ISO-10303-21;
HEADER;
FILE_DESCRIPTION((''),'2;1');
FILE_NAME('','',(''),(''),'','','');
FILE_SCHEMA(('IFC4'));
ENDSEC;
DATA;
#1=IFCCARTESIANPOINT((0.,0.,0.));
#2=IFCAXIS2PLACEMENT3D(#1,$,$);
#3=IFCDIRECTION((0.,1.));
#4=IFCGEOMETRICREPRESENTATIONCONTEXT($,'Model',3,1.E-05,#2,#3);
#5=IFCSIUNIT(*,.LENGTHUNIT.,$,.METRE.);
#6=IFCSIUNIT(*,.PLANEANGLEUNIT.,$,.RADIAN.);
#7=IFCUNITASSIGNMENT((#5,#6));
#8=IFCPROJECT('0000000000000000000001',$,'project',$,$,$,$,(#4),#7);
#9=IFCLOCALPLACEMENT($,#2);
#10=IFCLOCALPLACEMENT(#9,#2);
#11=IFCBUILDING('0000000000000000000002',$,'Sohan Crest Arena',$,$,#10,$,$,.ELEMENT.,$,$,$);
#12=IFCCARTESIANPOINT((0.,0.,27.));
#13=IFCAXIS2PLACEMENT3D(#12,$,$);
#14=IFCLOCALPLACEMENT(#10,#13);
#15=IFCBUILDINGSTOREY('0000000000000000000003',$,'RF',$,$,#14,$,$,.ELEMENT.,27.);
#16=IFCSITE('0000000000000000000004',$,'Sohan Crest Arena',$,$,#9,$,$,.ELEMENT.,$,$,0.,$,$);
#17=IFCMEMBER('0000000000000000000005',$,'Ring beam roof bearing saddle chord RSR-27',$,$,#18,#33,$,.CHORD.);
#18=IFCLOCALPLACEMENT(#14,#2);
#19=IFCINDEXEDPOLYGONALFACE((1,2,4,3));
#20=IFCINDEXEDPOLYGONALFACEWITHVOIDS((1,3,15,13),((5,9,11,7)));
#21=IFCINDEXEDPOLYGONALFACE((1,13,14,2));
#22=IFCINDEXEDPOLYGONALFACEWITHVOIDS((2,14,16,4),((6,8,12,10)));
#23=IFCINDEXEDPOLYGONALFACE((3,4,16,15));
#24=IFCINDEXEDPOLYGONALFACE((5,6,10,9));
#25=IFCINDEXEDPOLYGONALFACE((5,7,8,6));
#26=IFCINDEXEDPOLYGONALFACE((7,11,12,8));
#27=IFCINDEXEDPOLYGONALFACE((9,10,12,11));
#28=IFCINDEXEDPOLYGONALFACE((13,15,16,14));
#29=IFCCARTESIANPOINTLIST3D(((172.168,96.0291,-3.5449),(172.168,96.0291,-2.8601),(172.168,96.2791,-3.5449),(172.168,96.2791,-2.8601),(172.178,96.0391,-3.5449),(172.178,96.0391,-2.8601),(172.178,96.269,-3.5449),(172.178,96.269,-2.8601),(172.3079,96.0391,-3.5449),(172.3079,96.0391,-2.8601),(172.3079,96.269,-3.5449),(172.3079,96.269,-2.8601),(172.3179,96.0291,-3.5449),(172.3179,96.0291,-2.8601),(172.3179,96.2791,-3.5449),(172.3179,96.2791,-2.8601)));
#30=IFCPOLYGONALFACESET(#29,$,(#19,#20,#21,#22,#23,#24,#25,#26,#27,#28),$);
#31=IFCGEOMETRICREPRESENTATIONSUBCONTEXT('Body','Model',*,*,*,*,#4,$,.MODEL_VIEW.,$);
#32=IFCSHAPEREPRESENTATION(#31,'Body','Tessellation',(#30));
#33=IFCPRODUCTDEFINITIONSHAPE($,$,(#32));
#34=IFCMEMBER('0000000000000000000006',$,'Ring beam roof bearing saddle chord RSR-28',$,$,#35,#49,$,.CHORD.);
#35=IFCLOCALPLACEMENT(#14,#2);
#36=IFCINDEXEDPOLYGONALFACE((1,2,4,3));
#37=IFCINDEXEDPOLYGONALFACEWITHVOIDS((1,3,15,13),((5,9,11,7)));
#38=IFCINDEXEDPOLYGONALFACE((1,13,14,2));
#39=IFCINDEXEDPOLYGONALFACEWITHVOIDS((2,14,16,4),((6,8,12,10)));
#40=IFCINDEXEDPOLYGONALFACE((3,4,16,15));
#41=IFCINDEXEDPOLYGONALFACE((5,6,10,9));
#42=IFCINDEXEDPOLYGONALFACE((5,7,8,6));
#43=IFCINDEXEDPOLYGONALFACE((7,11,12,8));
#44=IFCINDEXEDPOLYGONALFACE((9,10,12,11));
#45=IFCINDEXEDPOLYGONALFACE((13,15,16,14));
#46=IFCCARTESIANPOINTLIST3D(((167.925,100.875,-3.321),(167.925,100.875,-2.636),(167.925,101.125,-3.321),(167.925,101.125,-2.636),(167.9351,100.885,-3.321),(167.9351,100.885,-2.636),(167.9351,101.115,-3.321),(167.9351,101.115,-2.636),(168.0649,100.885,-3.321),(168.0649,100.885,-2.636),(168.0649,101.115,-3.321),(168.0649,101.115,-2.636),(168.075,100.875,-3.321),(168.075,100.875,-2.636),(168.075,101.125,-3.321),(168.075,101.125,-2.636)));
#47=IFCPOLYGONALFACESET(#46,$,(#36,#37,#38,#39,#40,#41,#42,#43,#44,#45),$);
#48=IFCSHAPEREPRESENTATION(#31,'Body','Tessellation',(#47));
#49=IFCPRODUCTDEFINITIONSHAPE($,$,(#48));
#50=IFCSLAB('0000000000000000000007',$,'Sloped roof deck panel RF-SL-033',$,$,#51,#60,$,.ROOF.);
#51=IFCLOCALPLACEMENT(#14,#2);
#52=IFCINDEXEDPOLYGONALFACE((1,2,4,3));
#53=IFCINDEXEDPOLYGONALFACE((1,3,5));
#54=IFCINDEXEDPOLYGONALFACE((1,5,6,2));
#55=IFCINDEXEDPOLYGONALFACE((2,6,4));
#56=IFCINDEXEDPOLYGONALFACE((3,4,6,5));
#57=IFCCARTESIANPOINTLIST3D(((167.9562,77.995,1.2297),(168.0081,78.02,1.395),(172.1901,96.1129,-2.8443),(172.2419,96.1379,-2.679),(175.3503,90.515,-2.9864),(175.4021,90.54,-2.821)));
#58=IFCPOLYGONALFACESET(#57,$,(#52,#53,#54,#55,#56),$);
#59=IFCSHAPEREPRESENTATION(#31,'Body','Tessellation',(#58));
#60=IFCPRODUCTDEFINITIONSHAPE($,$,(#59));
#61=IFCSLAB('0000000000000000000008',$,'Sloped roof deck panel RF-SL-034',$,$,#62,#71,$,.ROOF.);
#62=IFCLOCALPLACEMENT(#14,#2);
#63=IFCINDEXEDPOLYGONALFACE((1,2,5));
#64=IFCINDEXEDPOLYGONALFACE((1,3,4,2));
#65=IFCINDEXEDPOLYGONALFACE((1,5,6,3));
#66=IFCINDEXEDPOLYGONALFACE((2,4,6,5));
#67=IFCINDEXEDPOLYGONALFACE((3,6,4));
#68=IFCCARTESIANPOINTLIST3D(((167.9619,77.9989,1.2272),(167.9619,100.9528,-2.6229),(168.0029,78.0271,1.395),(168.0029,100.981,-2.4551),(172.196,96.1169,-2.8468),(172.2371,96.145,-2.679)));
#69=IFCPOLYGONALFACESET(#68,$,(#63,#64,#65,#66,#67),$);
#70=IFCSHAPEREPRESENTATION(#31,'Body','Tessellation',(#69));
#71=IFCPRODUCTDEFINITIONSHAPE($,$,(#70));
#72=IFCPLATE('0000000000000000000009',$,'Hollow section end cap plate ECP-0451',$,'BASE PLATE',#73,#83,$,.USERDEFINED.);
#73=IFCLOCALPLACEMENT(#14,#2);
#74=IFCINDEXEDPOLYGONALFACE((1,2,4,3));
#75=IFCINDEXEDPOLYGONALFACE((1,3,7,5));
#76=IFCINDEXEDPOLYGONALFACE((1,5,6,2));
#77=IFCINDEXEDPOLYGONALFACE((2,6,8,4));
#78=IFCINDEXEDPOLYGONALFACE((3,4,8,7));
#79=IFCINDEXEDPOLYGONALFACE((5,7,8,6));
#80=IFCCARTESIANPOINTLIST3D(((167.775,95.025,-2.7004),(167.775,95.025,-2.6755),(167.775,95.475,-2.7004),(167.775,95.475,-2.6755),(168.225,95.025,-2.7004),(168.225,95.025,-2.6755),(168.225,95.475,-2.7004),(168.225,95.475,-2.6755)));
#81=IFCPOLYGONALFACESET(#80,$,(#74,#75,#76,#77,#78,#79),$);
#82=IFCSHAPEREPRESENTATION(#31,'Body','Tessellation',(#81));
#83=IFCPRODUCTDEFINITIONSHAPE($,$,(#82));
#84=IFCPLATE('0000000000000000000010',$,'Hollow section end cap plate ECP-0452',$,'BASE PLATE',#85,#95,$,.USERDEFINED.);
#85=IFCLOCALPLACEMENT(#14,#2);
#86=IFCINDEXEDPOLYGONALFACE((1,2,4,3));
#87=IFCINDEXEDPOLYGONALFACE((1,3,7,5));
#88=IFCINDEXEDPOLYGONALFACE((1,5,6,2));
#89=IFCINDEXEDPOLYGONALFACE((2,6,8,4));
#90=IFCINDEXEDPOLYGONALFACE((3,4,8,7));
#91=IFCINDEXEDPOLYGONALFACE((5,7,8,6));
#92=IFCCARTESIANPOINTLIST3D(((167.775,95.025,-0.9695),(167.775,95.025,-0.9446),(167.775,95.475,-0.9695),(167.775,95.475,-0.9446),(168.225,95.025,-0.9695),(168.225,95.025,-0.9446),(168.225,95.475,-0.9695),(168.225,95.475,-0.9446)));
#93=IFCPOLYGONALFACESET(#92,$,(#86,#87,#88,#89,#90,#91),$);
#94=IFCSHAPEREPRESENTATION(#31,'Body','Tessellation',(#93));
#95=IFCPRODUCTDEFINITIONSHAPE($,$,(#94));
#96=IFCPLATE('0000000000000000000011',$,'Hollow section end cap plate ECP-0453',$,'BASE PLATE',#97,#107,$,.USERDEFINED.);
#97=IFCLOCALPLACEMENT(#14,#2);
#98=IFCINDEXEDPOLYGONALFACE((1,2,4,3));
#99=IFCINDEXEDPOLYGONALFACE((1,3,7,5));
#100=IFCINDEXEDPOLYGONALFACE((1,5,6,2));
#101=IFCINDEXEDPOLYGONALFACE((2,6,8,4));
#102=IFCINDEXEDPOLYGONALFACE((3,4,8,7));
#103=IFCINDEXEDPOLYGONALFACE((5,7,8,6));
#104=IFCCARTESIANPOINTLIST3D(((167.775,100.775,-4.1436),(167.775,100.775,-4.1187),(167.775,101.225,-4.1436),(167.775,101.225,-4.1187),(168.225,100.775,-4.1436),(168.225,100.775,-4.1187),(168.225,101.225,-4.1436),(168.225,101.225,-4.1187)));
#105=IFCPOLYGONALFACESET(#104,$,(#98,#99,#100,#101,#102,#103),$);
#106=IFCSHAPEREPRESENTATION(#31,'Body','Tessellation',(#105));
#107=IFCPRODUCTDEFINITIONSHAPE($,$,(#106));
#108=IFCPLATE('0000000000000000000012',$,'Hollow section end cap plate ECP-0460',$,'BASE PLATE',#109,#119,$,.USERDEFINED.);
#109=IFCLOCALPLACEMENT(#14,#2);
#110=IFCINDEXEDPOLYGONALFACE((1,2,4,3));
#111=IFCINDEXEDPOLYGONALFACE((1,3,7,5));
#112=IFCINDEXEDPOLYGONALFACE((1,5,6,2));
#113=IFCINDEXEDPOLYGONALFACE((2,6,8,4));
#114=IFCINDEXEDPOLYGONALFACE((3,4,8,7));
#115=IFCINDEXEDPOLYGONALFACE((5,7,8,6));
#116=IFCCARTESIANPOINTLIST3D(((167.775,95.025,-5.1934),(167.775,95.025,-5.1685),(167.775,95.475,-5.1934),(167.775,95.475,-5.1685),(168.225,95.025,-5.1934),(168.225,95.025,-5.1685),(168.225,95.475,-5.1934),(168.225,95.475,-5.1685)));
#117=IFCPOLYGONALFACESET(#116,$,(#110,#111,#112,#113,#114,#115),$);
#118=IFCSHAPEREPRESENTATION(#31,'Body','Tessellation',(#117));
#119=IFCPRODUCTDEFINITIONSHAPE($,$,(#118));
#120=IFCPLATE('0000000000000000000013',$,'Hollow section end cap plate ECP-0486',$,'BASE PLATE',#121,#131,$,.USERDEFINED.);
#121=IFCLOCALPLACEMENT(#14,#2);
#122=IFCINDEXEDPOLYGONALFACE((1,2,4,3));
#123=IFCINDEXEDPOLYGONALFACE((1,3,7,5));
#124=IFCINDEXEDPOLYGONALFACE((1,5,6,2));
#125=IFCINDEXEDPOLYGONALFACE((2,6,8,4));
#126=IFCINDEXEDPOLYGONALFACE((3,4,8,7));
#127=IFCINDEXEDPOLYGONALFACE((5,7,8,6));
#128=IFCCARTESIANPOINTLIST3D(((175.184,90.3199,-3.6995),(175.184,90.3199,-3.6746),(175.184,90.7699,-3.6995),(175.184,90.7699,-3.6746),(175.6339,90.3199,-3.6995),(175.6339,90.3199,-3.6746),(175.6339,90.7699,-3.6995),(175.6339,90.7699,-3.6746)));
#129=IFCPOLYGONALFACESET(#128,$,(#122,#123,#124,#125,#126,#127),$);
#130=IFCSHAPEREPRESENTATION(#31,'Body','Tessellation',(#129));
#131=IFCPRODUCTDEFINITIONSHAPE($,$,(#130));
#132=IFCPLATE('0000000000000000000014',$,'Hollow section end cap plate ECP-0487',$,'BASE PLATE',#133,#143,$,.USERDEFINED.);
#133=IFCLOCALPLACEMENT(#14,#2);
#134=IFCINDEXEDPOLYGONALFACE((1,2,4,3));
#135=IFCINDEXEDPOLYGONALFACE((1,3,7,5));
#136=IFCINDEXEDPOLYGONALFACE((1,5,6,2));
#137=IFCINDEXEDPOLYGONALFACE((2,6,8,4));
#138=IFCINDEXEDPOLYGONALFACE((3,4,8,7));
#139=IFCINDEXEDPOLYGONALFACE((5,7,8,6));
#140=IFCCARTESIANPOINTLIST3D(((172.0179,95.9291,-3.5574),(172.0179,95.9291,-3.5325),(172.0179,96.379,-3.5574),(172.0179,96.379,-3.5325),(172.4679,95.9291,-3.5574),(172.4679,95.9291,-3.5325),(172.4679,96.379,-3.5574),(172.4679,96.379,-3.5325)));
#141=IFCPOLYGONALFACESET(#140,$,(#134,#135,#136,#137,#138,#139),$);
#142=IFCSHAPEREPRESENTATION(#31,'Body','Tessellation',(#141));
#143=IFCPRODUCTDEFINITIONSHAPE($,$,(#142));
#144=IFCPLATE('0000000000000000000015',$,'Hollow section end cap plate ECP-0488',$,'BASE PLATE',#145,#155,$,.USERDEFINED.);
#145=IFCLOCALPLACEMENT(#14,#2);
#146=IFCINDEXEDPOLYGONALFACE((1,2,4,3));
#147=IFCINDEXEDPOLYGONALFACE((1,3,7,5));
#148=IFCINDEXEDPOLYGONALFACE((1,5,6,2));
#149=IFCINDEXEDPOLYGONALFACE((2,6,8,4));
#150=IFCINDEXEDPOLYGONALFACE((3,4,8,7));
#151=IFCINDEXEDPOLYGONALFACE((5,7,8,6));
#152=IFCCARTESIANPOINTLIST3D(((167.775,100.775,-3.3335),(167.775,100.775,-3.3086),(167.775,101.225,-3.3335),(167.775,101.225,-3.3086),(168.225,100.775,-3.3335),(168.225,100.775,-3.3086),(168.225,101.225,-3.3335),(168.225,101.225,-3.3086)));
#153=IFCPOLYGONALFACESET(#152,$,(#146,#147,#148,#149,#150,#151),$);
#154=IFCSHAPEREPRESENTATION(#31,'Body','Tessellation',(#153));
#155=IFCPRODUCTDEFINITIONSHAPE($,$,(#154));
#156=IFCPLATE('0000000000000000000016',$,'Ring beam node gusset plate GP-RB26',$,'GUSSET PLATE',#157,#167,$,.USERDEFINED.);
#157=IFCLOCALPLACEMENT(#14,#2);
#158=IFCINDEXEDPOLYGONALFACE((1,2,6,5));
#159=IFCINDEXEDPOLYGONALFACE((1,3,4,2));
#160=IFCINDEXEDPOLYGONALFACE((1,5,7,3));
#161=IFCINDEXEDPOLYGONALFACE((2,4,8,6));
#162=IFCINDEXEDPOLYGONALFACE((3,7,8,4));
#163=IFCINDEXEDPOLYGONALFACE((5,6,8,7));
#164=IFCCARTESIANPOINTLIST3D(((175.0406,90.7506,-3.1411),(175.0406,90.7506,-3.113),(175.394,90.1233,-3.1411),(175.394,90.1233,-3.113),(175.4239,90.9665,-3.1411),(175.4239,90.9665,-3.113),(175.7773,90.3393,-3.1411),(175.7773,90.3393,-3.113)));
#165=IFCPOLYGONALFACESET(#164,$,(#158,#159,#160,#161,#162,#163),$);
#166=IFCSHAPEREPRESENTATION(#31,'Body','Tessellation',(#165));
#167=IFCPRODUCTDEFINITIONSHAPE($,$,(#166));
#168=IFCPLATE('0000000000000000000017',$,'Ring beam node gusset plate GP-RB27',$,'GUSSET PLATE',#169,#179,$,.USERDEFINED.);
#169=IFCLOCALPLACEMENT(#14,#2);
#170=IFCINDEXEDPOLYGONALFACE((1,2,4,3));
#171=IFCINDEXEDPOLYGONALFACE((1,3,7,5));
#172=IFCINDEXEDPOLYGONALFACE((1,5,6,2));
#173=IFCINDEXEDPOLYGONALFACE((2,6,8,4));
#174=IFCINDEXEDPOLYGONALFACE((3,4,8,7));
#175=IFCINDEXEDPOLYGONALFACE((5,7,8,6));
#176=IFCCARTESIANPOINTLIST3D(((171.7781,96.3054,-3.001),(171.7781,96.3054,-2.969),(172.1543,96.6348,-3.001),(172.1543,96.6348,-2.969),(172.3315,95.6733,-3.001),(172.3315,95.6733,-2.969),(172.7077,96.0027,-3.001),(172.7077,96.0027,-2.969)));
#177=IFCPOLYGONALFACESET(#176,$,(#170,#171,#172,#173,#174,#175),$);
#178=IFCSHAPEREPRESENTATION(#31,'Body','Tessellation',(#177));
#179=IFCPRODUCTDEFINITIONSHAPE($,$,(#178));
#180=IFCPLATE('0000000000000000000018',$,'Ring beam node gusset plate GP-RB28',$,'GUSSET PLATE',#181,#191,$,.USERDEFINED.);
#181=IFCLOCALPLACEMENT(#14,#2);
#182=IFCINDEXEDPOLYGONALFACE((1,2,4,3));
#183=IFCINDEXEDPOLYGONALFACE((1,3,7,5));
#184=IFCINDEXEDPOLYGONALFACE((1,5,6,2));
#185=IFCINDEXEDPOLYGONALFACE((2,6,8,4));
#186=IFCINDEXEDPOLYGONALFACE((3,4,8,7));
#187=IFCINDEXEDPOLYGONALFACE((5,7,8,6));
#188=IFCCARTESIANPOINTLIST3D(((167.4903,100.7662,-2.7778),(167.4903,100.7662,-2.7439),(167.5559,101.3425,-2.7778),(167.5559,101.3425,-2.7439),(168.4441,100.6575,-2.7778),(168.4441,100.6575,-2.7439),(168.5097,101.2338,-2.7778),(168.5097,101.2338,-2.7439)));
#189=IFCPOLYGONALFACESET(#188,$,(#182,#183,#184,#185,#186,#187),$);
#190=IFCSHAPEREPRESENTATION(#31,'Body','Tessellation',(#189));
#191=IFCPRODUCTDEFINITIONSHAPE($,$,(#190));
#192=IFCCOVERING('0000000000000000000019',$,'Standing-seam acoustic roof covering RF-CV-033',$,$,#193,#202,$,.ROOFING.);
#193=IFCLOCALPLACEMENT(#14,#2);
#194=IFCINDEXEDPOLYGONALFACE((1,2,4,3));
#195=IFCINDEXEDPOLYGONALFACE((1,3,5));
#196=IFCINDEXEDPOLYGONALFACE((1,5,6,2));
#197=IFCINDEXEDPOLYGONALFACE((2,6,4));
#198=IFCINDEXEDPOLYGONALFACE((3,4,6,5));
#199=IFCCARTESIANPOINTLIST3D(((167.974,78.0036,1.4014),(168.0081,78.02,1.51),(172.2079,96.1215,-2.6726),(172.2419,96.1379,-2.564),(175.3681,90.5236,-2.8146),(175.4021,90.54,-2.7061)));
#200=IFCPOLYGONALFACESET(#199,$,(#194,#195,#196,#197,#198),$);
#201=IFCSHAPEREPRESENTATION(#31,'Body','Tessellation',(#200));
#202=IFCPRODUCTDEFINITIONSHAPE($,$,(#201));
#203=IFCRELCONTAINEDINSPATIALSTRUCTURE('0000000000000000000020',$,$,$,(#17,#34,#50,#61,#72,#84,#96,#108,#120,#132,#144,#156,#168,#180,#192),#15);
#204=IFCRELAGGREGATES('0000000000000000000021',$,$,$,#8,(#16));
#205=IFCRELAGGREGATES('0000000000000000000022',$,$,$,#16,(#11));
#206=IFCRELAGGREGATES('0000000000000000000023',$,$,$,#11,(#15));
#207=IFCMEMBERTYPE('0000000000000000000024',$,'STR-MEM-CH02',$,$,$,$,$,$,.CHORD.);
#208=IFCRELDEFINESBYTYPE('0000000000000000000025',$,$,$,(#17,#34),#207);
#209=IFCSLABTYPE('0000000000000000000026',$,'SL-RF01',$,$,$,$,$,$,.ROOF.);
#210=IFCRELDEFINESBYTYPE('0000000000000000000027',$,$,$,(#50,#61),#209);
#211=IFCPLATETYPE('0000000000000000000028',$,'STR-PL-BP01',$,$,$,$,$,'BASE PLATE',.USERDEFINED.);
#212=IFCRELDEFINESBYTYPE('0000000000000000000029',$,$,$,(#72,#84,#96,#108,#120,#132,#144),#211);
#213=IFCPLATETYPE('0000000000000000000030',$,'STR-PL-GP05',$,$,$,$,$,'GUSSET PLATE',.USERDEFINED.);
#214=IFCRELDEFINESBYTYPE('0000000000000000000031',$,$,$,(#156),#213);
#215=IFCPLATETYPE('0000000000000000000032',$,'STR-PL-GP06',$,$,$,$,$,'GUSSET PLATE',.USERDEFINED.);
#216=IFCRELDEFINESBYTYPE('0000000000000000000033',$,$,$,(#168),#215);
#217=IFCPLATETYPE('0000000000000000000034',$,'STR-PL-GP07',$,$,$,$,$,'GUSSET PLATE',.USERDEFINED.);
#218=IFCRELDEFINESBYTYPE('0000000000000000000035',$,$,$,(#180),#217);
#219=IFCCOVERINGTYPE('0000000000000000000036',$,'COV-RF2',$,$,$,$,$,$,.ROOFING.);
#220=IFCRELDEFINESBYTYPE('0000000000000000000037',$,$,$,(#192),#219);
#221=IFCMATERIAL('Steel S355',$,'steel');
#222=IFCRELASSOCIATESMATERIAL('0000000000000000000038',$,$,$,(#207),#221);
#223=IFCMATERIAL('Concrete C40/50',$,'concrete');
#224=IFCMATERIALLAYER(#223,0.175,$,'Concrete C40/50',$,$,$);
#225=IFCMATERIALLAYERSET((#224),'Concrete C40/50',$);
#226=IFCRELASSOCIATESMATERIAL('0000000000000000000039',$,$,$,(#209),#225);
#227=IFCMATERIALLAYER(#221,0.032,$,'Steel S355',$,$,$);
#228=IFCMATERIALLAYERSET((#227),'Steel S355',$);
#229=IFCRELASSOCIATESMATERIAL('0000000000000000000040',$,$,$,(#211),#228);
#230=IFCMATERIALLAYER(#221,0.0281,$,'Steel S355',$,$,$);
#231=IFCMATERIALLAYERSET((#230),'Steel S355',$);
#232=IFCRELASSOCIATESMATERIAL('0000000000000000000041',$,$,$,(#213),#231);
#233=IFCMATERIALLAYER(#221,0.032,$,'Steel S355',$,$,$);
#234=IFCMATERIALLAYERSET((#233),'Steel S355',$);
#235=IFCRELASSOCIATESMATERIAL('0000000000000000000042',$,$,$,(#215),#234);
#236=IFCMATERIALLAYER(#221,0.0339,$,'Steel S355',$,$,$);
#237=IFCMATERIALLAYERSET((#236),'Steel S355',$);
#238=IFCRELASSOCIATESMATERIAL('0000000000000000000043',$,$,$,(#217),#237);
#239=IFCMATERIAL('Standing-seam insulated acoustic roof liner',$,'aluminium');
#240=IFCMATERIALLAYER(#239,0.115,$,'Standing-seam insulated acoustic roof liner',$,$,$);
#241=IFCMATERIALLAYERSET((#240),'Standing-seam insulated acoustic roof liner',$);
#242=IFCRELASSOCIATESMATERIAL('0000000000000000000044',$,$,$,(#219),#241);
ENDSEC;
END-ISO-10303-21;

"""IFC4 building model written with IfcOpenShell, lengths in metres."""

from ifc_helpers import new_model, si_unit, direction, frame, origin, origin_2d, place, context, subcontext, project, spatial, polyline, rectangle, hollow_rectangle, outline, extrude, material, layer, layer_set, material_profile, profile_set, type_object, element, save


model = new_model("IFC4")

# Units and contexts
model_context = context("Model", 3, precision=1e-05, world=origin(), true_north=direction((0.0, 1.0)))
body_context = subcontext(model_context, "Body", "Model", "MODEL_VIEW")
ifc_project = project(units=[si_unit("LENGTHUNIT", "METRE"), si_unit("PLANEANGLEUNIT", "RADIAN")], contexts=[model_context])

# Site, building, storey
site_placement = place(None, origin())
site = spatial("IfcSite", under=ifc_project, at=site_placement, Name="Sohan Crest Arena", CompositionType="ELEMENT", RefElevation=0.0)
building_placement = place(site_placement, origin())
building = spatial("IfcBuilding", under=site, at=building_placement, Name="Sohan Crest Arena", CompositionType="ELEMENT")
storey_placement = place(building_placement, frame((0.0, 0.0, 27.0)))
storey = spatial("IfcBuildingStorey", under=building, at=storey_placement, Name="RF", CompositionType="ELEMENT", Elevation=27.0)

# Shared definitions
ifc_material_1 = material(Name="Steel S355", Category="steel")

# Members
ifc_material_profile_1 = material_profile(ifc_material_1, hollow_rectangle(XDim=0.1499, YDim=0.25, WallThickness=0.01, at=origin_2d()), Name="RHS 250x150x10")
ifc_profile_set_1 = profile_set([ifc_material_profile_1], Name="Steel S355")
member_type_1 = type_object("IfcMemberType", Name="STR-MEM-CH02", PredefinedType="CHORD", material=ifc_profile_set_1)
member_1_placement = place(storey_placement, frame((172.2429, 96.1541, -3.5449), z_axis=(0.0, 0.0, 1.0), x_axis=(1.0, 0.0, 0.0)))
element("IfcMember", 1, at=member_1_placement, inside=storey, type_object=member_type_1, Name="Ring beam roof bearing saddle chord RSR-27", PredefinedType="CHORD", context=body_context, shape_type="SweptSolid", body=[
    extrude(hollow_rectangle(XDim=0.1499, YDim=0.25, WallThickness=0.01, at=origin_2d()), origin(), (0.0, 0.0, 1.0), 0.6848),
])
member_2_placement = place(storey_placement, frame((168.0, 101.0, -3.321), z_axis=(0.0, 0.0, 1.0), x_axis=(1.0, 0.0, 0.0)))
element("IfcMember", 2, at=member_2_placement, inside=storey, type_object=member_type_1, Name="Ring beam roof bearing saddle chord RSR-28", PredefinedType="CHORD", context=body_context, shape_type="SweptSolid", body=[
    extrude(hollow_rectangle(XDim=0.1499, YDim=0.25, WallThickness=0.01, at=origin_2d()), origin(), (0.0, 0.0, 1.0), 0.6851),
])

# Slabs
ifc_material_2 = material(Name="Concrete C40/50", Category="concrete")
ifc_layer_1 = layer(ifc_material_2, 0.175, Name="Concrete C40/50")
ifc_layer_set_1 = layer_set([ifc_layer_1], Name="Concrete C40/50")
slab_type = type_object("IfcSlabType", Name="SL-RF01", PredefinedType="ROOF", material=ifc_layer_set_1)
slab_1_placement = place(storey_placement, frame((175.4021, 90.54, -2.821), z_axis=(0.296065, 0.143166, 0.944378), x_axis=(-0.49148, 0.870608, 0.022098)))
element("IfcSlab", 3, at=slab_1_placement, inside=storey, type_object=slab_type, Name="Sloped roof deck panel RF-SL-033", PredefinedType="ROOF", context=body_context, shape_type="SweptSolid", body=[
    extrude(outline(polyline([(0.0, 0.0), (6.4299, 0.0), (-7.1728, 13.3322), (0.0, 0.0)])), origin(), (0.0, 0.0, -1.0), 0.175),
])
slab_2_placement = place(storey_placement, frame((172.2371, 96.145, -2.679), z_axis=(0.234364, 0.160814, 0.958756), x_axis=(-0.658342, 0.751914, 0.034809)))
element("IfcSlab", 4, at=slab_2_placement, inside=storey, type_object=slab_type, Name="Sloped roof deck panel RF-SL-034", PredefinedType="ROOF", context=body_context, shape_type="SweptSolid", body=[
    extrude(outline(polyline([(0.0, 0.0), (6.4315, 0.0), (-10.6938, 15.7616), (0.0, 0.0)])), origin(), (0.0, 0.0, -1.0), 0.175),
])

# Plates
ifc_layer_2 = layer(ifc_material_1, 0.032, Name="Steel S355")
ifc_layer_set_2 = layer_set([ifc_layer_2], Name="Steel S355")
plate_type_1 = type_object("IfcPlateType", Name="STR-PL-BP01", ElementType="BASE PLATE", PredefinedType="USERDEFINED", material=ifc_layer_set_2)
for number, where, z_axis, x_axis, name in (
    (5, (168.0, 95.25, -2.7004), (0.0, 0.0, 1.0), (1.0, 0.0, 0.0), "Hollow section end cap plate ECP-0451"),
    (6, (168.0, 95.25, -0.9695), (0.0, 0.0, 1.0), (1.0, 0.0, 0.0), "Hollow section end cap plate ECP-0452"),
    (7, (168.0, 101.0, -4.1436), (0.0, 0.0, 1.0), (1.0, 0.0, 0.0), "Hollow section end cap plate ECP-0453"),
    (8, (168.0, 95.25, -5.1934), (0.0, 0.0, 1.0), (1.0, 0.0, 0.0), "Hollow section end cap plate ECP-0460"),
    (9, (175.4089, 90.5449, -3.6995), (0.0, 0.0, 1.0), (1.0, 0.0, 0.0), "Hollow section end cap plate ECP-0486"),
    (10, (172.2429, 96.1541, -3.5574), (0.0, 0.0, 1.0), (1.0, 0.0, 0.0), "Hollow section end cap plate ECP-0487"),
    (11, (168.0, 101.0, -3.3335), (0.0, 0.0, 1.0), (1.0, 0.0, 0.0), "Hollow section end cap plate ECP-0488"),
):
    element("IfcPlate", number, at=place(storey_placement, frame(where, z_axis=z_axis, x_axis=x_axis)), inside=storey, type_object=plate_type_1, Name=name, ObjectType="BASE PLATE", PredefinedType="USERDEFINED", context=body_context, shape_type="SweptSolid", body=[
        extrude(rectangle(XDim=0.45, YDim=0.45, at=origin_2d()), origin(), (0.0, 0.0, 1.0), 0.0249),
    ])
ifc_layer_3 = layer(ifc_material_1, 0.0281, Name="Steel S355")
ifc_layer_set_3 = layer_set([ifc_layer_3], Name="Steel S355")
plate_type_2 = type_object("IfcPlateType", Name="STR-PL-GP05", ElementType="GUSSET PLATE", PredefinedType="USERDEFINED", material=ifc_layer_set_3)
plate_1_placement = place(storey_placement, frame((175.4089, 90.5449, -3.1411), z_axis=(0.0, 0.0, 1.0), x_axis=(-0.490904, 0.871214, 0.0)))
element("IfcPlate", 12, at=plate_1_placement, inside=storey, type_object=plate_type_2, Name="Ring beam node gusset plate GP-RB26", ObjectType="GUSSET PLATE", PredefinedType="USERDEFINED", context=body_context, shape_type="SweptSolid", body=[
    extrude(rectangle(XDim=0.72, YDim=0.4399, at=origin_2d()), origin(), (0.0, 0.0, 1.0), 0.0281),
])
ifc_layer_4 = layer(ifc_material_1, 0.032, Name="Steel S355")
ifc_layer_set_4 = layer_set([ifc_layer_4], Name="Steel S355")
plate_type_3 = type_object("IfcPlateType", Name="STR-PL-GP06", ElementType="GUSSET PLATE", PredefinedType="USERDEFINED", material=ifc_layer_set_4)
plate_2_placement = place(storey_placement, frame((172.2429, 96.1541, -3.001), z_axis=(0.0, 0.0, 1.0), x_axis=(-0.658689, 0.752415, 0.0)))
element("IfcPlate", 13, at=plate_2_placement, inside=storey, type_object=plate_type_3, Name="Ring beam node gusset plate GP-RB27", ObjectType="GUSSET PLATE", PredefinedType="USERDEFINED", context=body_context, shape_type="SweptSolid", body=[
    extrude(rectangle(XDim=0.8401, YDim=0.5, at=origin_2d()), origin(), (0.0, 0.0, 1.0), 0.032),
])
ifc_layer_5 = layer(ifc_material_1, 0.0339, Name="Steel S355")
ifc_layer_set_5 = layer_set([ifc_layer_5], Name="Steel S355")
plate_type_4 = type_object("IfcPlateType", Name="STR-PL-GP07", ElementType="GUSSET PLATE", PredefinedType="USERDEFINED", material=ifc_layer_set_5)
plate_3_placement = place(storey_placement, frame((168.0, 101.0, -2.7778), z_axis=(0.0, 0.0, 1.0), x_axis=(-0.993572, 0.113203, 0.0)))
element("IfcPlate", 14, at=plate_3_placement, inside=storey, type_object=plate_type_4, Name="Ring beam node gusset plate GP-RB28", ObjectType="GUSSET PLATE", PredefinedType="USERDEFINED", context=body_context, shape_type="SweptSolid", body=[
    extrude(rectangle(XDim=0.96, YDim=0.5801, at=origin_2d()), origin(), (0.0, 0.0, 1.0), 0.0339),
])

# Covering
ifc_material_3 = material(Name="Standing-seam insulated acoustic roof liner", Category="aluminium")
ifc_layer_6 = layer(ifc_material_3, 0.115, Name="Standing-seam insulated acoustic roof liner")
ifc_layer_set_6 = layer_set([ifc_layer_6], Name="Standing-seam insulated acoustic roof liner")
covering_type = type_object("IfcCoveringType", Name="COV-RF2", PredefinedType="ROOFING", material=ifc_layer_set_6)
covering_1_placement = place(storey_placement, frame((175.4021, 90.54, -2.7061), z_axis=(0.296065, 0.143166, 0.944378), x_axis=(-0.49148, 0.870608, 0.022098)))
element("IfcCovering", 15, at=covering_1_placement, inside=storey, type_object=covering_type, Name="Standing-seam acoustic roof covering RF-CV-033", PredefinedType="ROOFING", context=body_context, shape_type="SweptSolid", body=[
    extrude(outline(polyline([(0.0, 0.0), (6.4299, 0.0), (-7.1728, 13.3322), (0.0, 0.0)])), origin(), (0.0, 0.0, -1.0), 0.115),
])

save(model, "model.ifc")
